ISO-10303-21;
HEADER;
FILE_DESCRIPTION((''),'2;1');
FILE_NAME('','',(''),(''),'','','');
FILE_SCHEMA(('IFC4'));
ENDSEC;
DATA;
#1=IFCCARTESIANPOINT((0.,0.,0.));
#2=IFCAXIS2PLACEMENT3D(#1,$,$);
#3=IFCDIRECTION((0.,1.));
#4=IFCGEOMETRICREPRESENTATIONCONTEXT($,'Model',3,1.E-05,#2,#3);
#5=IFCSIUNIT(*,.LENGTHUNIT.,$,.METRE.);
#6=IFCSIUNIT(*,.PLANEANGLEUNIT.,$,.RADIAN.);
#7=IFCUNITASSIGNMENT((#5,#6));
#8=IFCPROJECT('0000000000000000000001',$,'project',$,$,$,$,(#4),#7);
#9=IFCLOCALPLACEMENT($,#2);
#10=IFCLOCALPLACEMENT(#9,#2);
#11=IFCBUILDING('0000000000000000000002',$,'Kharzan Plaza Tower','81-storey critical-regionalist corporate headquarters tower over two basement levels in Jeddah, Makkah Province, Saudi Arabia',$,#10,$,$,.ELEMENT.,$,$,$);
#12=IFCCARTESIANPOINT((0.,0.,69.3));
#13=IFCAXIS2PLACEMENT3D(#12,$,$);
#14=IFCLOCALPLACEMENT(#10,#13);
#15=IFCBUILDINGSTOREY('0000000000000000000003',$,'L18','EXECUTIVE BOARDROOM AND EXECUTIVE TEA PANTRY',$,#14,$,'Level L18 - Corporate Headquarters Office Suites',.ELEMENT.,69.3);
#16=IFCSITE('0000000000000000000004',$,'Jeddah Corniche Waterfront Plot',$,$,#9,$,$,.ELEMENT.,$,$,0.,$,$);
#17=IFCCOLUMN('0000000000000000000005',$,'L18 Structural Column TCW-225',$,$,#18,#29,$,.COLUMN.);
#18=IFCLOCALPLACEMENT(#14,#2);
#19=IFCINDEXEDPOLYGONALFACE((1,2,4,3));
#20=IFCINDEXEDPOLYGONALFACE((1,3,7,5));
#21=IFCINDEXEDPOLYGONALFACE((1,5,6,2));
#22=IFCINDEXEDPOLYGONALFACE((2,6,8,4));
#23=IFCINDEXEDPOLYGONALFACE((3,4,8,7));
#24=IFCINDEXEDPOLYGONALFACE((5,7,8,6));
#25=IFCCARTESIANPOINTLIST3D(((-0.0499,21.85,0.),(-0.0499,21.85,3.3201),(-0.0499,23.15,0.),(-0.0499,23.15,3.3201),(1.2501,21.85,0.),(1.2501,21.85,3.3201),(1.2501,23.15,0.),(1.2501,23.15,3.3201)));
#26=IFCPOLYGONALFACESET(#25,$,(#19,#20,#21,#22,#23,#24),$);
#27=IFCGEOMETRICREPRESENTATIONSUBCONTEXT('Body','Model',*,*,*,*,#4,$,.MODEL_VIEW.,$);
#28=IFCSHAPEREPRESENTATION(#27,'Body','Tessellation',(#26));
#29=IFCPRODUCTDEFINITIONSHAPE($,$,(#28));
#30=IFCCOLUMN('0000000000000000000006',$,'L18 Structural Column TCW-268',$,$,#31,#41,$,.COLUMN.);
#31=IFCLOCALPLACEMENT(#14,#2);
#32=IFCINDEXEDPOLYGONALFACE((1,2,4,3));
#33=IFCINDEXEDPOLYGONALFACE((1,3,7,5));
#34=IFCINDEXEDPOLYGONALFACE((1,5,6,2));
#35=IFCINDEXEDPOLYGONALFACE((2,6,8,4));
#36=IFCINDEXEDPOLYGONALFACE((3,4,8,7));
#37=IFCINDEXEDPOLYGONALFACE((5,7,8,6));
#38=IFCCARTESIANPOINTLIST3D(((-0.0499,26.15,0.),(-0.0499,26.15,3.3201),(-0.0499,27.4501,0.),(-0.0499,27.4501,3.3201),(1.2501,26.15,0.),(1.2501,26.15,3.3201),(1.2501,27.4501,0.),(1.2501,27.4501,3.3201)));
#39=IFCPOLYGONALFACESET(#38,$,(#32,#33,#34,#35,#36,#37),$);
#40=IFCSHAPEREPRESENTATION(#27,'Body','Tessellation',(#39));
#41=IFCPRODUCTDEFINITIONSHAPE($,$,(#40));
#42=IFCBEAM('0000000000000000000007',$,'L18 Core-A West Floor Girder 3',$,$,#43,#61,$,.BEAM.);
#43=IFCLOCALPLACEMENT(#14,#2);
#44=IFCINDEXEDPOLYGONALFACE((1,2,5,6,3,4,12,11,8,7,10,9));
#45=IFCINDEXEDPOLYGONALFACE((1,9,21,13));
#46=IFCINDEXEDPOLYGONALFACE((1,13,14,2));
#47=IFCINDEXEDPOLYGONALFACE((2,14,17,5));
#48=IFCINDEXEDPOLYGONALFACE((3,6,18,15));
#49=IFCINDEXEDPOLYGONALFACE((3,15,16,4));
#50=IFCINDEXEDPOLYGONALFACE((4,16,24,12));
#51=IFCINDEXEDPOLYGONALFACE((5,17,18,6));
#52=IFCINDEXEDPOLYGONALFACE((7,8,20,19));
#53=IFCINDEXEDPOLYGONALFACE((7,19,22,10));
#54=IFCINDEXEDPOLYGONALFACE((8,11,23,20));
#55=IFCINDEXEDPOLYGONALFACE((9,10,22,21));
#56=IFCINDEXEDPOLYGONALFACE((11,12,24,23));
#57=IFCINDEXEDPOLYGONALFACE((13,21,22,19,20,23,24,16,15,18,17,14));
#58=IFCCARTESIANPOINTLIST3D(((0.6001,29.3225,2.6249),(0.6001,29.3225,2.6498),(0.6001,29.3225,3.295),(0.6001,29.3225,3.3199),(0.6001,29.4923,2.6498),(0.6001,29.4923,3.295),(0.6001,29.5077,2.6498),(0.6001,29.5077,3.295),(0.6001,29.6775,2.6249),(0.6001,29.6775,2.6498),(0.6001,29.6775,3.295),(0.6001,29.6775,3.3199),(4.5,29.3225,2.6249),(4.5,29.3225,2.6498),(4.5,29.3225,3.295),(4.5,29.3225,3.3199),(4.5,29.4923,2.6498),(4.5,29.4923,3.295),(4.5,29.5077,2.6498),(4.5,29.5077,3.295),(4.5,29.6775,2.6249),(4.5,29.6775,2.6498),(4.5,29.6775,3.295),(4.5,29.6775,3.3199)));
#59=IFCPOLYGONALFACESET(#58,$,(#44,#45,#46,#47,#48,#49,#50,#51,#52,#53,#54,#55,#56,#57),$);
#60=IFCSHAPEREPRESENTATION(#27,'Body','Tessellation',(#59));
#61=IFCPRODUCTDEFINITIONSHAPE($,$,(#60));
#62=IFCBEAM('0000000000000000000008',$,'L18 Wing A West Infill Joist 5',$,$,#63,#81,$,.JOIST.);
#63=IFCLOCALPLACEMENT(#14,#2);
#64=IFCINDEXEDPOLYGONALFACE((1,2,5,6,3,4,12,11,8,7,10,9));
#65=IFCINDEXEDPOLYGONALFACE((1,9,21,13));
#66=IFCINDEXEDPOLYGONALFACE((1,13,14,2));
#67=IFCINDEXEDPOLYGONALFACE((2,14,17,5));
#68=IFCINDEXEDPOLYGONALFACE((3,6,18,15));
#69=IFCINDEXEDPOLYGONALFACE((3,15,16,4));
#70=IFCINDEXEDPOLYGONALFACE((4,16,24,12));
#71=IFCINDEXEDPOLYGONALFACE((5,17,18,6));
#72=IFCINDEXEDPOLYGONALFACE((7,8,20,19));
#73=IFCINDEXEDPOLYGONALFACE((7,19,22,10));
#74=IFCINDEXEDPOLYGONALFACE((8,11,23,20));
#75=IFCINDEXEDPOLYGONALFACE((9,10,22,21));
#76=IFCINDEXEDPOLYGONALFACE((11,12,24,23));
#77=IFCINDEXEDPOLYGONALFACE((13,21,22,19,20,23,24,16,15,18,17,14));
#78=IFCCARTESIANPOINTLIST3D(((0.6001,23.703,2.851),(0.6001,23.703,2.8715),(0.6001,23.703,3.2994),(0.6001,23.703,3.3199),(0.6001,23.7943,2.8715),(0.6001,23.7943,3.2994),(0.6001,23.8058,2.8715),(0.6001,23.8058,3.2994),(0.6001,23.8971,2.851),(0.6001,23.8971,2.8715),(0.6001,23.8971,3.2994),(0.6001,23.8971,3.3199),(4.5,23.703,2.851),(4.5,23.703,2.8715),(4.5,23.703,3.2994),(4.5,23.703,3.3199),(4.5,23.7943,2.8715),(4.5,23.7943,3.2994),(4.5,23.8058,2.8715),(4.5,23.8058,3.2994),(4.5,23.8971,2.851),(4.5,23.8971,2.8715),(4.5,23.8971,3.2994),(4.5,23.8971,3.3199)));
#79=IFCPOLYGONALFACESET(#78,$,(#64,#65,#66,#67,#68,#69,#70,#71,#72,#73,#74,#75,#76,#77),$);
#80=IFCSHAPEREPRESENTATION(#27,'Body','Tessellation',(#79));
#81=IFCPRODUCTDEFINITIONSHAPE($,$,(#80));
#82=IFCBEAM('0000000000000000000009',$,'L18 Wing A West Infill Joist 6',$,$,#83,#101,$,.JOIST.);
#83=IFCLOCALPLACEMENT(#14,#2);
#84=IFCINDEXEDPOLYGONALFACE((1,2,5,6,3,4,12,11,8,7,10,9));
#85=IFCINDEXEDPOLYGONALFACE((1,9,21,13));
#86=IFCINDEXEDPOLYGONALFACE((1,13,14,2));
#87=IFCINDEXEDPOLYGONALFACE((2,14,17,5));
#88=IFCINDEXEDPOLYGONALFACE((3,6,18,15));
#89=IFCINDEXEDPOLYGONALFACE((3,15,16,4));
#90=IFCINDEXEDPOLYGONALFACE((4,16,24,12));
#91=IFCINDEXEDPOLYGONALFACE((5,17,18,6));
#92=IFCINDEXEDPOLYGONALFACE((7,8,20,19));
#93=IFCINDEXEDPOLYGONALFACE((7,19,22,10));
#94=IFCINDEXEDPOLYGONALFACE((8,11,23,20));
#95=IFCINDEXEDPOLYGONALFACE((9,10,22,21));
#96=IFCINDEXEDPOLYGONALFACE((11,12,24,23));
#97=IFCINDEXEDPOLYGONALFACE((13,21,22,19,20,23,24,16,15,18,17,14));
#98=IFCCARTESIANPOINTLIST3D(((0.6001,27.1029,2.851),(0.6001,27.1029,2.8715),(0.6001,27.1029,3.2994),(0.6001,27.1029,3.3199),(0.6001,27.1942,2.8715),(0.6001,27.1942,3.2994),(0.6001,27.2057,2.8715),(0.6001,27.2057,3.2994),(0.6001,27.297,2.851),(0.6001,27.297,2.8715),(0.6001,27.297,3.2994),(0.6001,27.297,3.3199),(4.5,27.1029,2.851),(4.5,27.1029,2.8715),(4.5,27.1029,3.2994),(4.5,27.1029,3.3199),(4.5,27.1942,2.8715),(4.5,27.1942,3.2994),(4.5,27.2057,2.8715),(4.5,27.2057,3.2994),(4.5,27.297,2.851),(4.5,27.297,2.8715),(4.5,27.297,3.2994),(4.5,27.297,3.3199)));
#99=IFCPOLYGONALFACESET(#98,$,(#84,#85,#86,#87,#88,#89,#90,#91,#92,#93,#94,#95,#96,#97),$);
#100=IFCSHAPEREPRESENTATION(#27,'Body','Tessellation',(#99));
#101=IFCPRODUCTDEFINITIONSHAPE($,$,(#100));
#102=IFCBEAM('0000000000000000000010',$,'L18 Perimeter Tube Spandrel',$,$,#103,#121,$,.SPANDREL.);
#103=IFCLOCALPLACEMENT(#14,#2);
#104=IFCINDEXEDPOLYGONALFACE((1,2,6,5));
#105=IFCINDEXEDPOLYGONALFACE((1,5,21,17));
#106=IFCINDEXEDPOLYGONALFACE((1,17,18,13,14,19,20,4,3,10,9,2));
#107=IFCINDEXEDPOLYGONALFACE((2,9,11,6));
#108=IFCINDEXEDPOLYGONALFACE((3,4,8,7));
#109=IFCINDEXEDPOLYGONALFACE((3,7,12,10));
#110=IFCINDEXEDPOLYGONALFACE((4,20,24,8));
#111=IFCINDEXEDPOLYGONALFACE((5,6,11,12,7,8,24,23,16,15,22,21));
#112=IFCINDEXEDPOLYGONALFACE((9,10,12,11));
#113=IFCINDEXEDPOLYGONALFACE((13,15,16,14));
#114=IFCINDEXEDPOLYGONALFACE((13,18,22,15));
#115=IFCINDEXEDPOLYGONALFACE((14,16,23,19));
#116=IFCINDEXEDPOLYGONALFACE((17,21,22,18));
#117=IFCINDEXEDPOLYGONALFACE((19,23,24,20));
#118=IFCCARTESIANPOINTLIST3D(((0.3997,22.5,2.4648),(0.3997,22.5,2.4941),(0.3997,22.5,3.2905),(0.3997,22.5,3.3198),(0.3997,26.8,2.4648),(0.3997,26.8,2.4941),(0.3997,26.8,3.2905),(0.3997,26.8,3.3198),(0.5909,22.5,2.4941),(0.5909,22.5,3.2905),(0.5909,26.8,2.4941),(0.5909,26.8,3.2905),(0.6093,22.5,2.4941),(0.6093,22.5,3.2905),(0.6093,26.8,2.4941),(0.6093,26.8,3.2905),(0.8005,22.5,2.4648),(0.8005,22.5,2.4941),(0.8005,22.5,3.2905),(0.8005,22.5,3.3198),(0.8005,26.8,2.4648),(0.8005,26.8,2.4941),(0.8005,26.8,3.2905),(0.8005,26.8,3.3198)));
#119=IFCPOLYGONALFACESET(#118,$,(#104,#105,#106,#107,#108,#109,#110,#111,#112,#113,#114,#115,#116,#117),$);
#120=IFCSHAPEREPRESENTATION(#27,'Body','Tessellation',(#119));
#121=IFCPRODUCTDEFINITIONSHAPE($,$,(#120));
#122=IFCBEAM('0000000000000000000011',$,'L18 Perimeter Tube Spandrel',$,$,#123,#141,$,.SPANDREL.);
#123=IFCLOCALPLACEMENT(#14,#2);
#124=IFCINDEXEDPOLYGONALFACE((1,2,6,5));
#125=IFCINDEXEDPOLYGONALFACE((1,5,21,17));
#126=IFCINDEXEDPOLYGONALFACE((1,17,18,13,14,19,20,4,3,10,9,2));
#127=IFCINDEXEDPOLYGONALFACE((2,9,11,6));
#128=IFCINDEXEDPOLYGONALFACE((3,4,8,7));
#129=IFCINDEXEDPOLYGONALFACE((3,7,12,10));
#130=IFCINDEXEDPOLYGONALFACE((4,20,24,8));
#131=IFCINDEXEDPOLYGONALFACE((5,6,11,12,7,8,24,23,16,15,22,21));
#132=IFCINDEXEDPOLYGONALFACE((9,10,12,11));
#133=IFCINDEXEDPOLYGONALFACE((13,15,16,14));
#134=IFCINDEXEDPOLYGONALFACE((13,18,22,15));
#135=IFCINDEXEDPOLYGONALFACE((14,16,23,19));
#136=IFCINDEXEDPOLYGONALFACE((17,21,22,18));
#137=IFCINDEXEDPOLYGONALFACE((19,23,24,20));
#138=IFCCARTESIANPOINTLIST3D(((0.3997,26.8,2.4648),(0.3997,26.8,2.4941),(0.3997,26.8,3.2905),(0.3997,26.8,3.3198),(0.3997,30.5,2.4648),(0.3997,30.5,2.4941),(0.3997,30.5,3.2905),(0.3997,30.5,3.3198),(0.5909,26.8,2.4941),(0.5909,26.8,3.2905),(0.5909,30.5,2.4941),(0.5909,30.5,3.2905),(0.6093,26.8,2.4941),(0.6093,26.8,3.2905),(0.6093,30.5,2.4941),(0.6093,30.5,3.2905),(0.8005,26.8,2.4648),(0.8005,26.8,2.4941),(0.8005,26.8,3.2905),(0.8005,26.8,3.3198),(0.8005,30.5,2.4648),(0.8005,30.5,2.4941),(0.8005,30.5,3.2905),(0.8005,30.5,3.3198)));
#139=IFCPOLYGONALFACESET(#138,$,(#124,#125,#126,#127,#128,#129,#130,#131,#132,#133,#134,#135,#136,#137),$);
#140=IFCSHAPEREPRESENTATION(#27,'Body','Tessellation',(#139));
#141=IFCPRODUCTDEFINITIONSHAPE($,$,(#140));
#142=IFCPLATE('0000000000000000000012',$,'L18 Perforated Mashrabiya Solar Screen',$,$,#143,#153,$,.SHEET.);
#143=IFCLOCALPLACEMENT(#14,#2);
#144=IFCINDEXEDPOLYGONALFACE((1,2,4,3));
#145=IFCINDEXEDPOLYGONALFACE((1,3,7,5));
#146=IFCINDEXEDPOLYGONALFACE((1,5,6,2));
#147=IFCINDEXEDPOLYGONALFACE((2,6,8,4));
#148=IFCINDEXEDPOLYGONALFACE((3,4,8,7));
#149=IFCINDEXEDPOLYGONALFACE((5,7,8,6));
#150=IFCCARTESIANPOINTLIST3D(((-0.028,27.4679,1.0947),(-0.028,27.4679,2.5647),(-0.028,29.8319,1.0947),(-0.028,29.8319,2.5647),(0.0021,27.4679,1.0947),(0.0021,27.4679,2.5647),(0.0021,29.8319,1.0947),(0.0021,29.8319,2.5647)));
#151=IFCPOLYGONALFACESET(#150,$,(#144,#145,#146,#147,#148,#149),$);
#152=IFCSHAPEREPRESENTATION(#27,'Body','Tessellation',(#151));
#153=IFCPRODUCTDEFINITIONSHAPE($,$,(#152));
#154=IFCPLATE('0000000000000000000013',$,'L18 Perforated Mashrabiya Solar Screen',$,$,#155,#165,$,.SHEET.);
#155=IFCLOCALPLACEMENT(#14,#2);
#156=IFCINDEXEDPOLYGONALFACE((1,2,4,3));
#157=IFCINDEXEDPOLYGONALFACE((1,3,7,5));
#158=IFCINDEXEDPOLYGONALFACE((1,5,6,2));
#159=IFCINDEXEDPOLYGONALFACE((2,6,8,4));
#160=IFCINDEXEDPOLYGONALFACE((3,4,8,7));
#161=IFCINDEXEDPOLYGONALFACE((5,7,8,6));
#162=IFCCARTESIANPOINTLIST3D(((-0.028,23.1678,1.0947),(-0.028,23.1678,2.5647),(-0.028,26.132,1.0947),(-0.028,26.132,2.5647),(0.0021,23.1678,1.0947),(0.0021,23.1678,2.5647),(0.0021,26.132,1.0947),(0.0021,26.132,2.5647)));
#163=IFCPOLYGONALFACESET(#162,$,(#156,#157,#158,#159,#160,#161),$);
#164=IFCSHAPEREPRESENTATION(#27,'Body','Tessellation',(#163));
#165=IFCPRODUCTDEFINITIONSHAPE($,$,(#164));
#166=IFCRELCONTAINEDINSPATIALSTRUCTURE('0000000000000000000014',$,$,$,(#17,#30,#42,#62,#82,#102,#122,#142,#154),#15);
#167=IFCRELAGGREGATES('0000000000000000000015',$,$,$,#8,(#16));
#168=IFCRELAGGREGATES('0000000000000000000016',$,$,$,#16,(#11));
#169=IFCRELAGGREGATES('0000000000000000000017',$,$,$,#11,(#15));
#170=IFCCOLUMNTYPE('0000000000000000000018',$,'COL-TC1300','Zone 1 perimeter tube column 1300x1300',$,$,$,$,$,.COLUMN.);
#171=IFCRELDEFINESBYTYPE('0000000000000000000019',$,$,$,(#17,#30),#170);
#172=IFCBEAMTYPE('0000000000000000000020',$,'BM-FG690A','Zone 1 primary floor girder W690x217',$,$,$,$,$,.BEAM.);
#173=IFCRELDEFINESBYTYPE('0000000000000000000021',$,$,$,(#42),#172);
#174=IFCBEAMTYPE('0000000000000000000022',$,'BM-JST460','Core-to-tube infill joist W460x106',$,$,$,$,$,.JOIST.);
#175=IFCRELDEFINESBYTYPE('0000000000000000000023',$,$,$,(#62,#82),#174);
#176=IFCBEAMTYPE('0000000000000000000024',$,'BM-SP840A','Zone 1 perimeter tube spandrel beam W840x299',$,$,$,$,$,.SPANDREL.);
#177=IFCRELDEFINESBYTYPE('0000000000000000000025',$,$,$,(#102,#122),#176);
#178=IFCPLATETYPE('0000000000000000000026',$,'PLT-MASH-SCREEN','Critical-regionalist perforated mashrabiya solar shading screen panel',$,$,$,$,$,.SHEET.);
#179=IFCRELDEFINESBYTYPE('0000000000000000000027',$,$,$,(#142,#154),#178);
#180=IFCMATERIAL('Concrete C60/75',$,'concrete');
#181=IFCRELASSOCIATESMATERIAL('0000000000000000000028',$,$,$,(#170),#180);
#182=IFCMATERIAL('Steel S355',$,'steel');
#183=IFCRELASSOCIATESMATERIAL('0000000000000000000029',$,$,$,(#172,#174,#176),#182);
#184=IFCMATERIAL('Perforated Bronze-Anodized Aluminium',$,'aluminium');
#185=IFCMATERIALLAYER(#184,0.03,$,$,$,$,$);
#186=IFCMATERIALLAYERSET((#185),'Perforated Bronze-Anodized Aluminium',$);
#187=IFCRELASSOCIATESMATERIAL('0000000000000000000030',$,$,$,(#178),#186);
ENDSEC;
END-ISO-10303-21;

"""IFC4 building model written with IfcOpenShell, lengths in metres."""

from ifc_helpers import new_model, si_unit, direction, frame, origin, origin_2d, place, context, subcontext, project, spatial, rectangle, i_section, extrude, source, transform, mapped, material, layer, layer_set, material_profile, profile_set, type_object, element, save


model = new_model("IFC4")

# Units and contexts
model_context = context("Model", 3, precision=1e-05, world=origin(), true_north=direction((0.0, 1.0)))
body_context = subcontext(model_context, "Body", "Model", "MODEL_VIEW")
ifc_project = project(units=[si_unit("LENGTHUNIT", "METRE"), si_unit("PLANEANGLEUNIT", "RADIAN")], contexts=[model_context])

# Site, building, storey
site_placement = place(None, origin())
site = spatial("IfcSite", under=ifc_project, at=site_placement, Name="Jeddah Corniche Waterfront Plot", CompositionType="ELEMENT", RefElevation=0.0)
building_placement = place(site_placement, origin())
building = spatial("IfcBuilding", under=site, at=building_placement, Name="Kharzan Plaza Tower", Description="81-storey critical-regionalist corporate headquarters tower over two basement levels in Jeddah, Makkah Province, Saudi Arabia", CompositionType="ELEMENT")
storey_placement = place(building_placement, frame((0.0, 0.0, 69.3)))
storey = spatial("IfcBuildingStorey", under=building, at=storey_placement, Name="L18", Description="EXECUTIVE BOARDROOM AND EXECUTIVE TEA PANTRY", LongName="Level L18 - Corporate Headquarters Office Suites", CompositionType="ELEMENT", Elevation=69.3)

# Columns
ifc_material_1 = material(Name="Concrete C60/75", Category="concrete")
ifc_material_profile_1 = material_profile(ifc_material_1, rectangle(XDim=1.3, YDim=1.3, at=origin_2d()), Name="RC-TC1300x1300")
ifc_profile_set_1 = profile_set([ifc_material_profile_1], Name="Concrete C60/75")
column_type = type_object("IfcColumnType", Name="COL-TC1300", Description="Zone 1 perimeter tube column 1300x1300", PredefinedType="COLUMN", material=ifc_profile_set_1)
shared_shape_1 = source(origin(), body_context, "Body", "SweptSolid", [
    extrude(rectangle(XDim=1.3, YDim=1.3, at=origin_2d()), origin(), (0.0, 0.0, 1.0), 3.3201),
])
for number, where, z_axis, x_axis, name in (
    (1, (0.6001, 22.5, 0.0), (0.0, 0.0, 1.0), (1.0, 0.0, 0.0), "L18 Structural Column TCW-225"),
    (2, (0.6001, 26.8, 0.0), (0.0, 0.0, 1.0), (1.0, 0.0, 0.0), "L18 Structural Column TCW-268"),
):
    element("IfcColumn", number, at=place(storey_placement, frame(where, z_axis=z_axis, x_axis=x_axis)), inside=storey, type_object=column_type, Name=name, PredefinedType="COLUMN", context=body_context, shape_type="MappedRepresentation", body=[
        mapped(shared_shape_1, transform((0.0, 0.0, 0.0), x_axis=(1.0, 0.0, 0.0), y_axis=(0.0, 1.0, 0.0), z_axis=(0.0, 0.0, 1.0))),
    ])

# Beams
ifc_material_2 = material(Name="Steel S355", Category="steel")
ifc_material_profile_2 = material_profile(ifc_material_2, i_section(OverallWidth=0.355, OverallDepth=0.6951, WebThickness=0.0154, FlangeThickness=0.0249, at=origin_2d()), Name="W690x217")
ifc_profile_set_2 = profile_set([ifc_material_profile_2], Name="Steel S355")
beam_type_1 = type_object("IfcBeamType", Name="BM-FG690A", Description="Zone 1 primary floor girder W690x217", PredefinedType="BEAM", material=ifc_profile_set_2)
shared_shape_2 = source(origin(), body_context, "Body", "SweptSolid", [
    extrude(i_section(OverallWidth=0.355, OverallDepth=0.6951, WebThickness=0.0154, FlangeThickness=0.0249, at=origin_2d()), origin(), (0.0, 0.0, 1.0), 3.8999),
])
beam_1_placement = place(storey_placement, frame((0.6001, 29.5, 2.9724), z_axis=(1.0, 0.0, 0.0), x_axis=(0.0, 1.0, 0.0)))
element("IfcBeam", 3, at=beam_1_placement, inside=storey, type_object=beam_type_1, Name="L18 Core-A West Floor Girder 3", PredefinedType="BEAM", context=body_context, shape_type="MappedRepresentation", body=[
    mapped(shared_shape_2, transform((0.0, 0.0, 0.0), x_axis=(1.0, 0.0, 0.0), y_axis=(0.0, 1.0, 0.0), z_axis=(0.0, 0.0, 1.0))),
])
ifc_material_profile_3 = material_profile(ifc_material_2, i_section(OverallWidth=0.1941, OverallDepth=0.469, WebThickness=0.0115, FlangeThickness=0.0205, at=origin_2d()), Name="W460x106")
ifc_profile_set_3 = profile_set([ifc_material_profile_3], Name="Steel S355")
beam_type_2 = type_object("IfcBeamType", Name="BM-JST460", Description="Core-to-tube infill joist W460x106", PredefinedType="JOIST", material=ifc_profile_set_3)
shared_shape_3 = source(origin(), body_context, "Body", "SweptSolid", [
    extrude(i_section(OverallWidth=0.1941, OverallDepth=0.469, WebThickness=0.0115, FlangeThickness=0.0205, at=origin_2d()), origin(), (0.0, 0.0, 1.0), 3.8999),
])
for number, where, z_axis, x_axis, name in (
    (4, (0.6001, 23.8, 3.0854), (1.0, 0.0, 0.0), (0.0, 1.0, 0.0), "L18 Wing A West Infill Joist 5"),
    (5, (0.6001, 27.2, 3.0854), (1.0, 0.0, 0.0), (0.0, 1.0, 0.0), "L18 Wing A West Infill Joist 6"),
):
    element("IfcBeam", number, at=place(storey_placement, frame(where, z_axis=z_axis, x_axis=x_axis)), inside=storey, type_object=beam_type_2, Name=name, PredefinedType="JOIST", context=body_context, shape_type="MappedRepresentation", body=[
        mapped(shared_shape_3, transform((0.0, 0.0, 0.0), x_axis=(1.0, 0.0, 0.0), y_axis=(0.0, 1.0, 0.0), z_axis=(0.0, 0.0, 1.0))),
    ])
ifc_material_profile_4 = material_profile(ifc_material_2, i_section(OverallWidth=0.4009, OverallDepth=0.855, WebThickness=0.0183, FlangeThickness=0.0293, at=origin_2d()), Name="W840x299")
ifc_profile_set_4 = profile_set([ifc_material_profile_4], Name="Steel S355")
beam_type_3 = type_object("IfcBeamType", Name="BM-SP840A", Description="Zone 1 perimeter tube spandrel beam W840x299", PredefinedType="SPANDREL", material=ifc_profile_set_4)
shared_shape_4 = source(origin(), body_context, "Body", "SweptSolid", [
    extrude(i_section(OverallWidth=0.4009, OverallDepth=0.855, WebThickness=0.0183, FlangeThickness=0.0293, at=origin_2d()), origin(), (0.0, 0.0, 1.0), 4.3),
])
beam_2_placement = place(storey_placement, frame((0.6001, 22.5, 2.8923), z_axis=(0.0, 1.0, 0.0), x_axis=(-1.0, 0.0, 0.0)))
element("IfcBeam", 6, at=beam_2_placement, inside=storey, type_object=beam_type_3, Name="L18 Perimeter Tube Spandrel", PredefinedType="SPANDREL", context=body_context, shape_type="MappedRepresentation", body=[
    mapped(shared_shape_4, transform((0.0, 0.0, 0.0), x_axis=(1.0, 0.0, 0.0), y_axis=(0.0, 1.0, 0.0), z_axis=(0.0, 0.0, 1.0))),
])
shared_shape_5 = source(origin(), body_context, "Body", "SweptSolid", [
    extrude(i_section(OverallWidth=0.4009, OverallDepth=0.855, WebThickness=0.0183, FlangeThickness=0.0293, at=origin_2d()), origin(), (0.0, 0.0, 1.0), 3.7),
])
beam_3_placement = place(storey_placement, frame((0.6001, 26.8, 2.8923), z_axis=(0.0, 1.0, 0.0), x_axis=(-1.0, 0.0, 0.0)))
element("IfcBeam", 7, at=beam_3_placement, inside=storey, type_object=beam_type_3, Name="L18 Perimeter Tube Spandrel", PredefinedType="SPANDREL", context=body_context, shape_type="MappedRepresentation", body=[
    mapped(shared_shape_5, transform((0.0, 0.0, 0.0), x_axis=(1.0, 0.0, 0.0), y_axis=(0.0, 1.0, 0.0), z_axis=(0.0, 0.0, 1.0))),
])

# Plates
ifc_material_3 = material(Name="Perforated Bronze-Anodized Aluminium", Category="aluminium")
ifc_layer_1 = layer(ifc_material_3, 0.03)
ifc_layer_set_1 = layer_set([ifc_layer_1], Name="Perforated Bronze-Anodized Aluminium")
plate_type = type_object("IfcPlateType", Name="PLT-MASH-SCREEN", Description="Critical-regionalist perforated mashrabiya solar shading screen panel", PredefinedType="SHEET", material=ifc_layer_set_1)
shared_shape_6 = source(origin(), body_context, "Body", "SweptSolid", [
    extrude(rectangle(XDim=2.364, YDim=0.03, at=origin_2d()), origin(), (0.0, 0.0, 1.0), 1.47),
])
plate_1_placement = place(storey_placement, frame((-0.0129, 28.6499, 1.0947), z_axis=(0.0, 0.0, 1.0), x_axis=(0.0, -1.0, 0.0)))
element("IfcPlate", 8, at=plate_1_placement, inside=storey, type_object=plate_type, Name="L18 Perforated Mashrabiya Solar Screen", PredefinedType="SHEET", context=body_context, shape_type="MappedRepresentation", body=[
    mapped(shared_shape_6, transform((0.0, 0.0, 0.0), x_axis=(1.0, 0.0, 0.0), y_axis=(0.0, 1.0, 0.0), z_axis=(0.0, 0.0, 1.0))),
])
shared_shape_7 = source(origin(), body_context, "Body", "SweptSolid", [
    extrude(rectangle(XDim=2.9641, YDim=0.03, at=origin_2d()), origin(), (0.0, 0.0, 1.0), 1.47),
])
plate_2_placement = place(storey_placement, frame((-0.0129, 24.6499, 1.0947), z_axis=(0.0, 0.0, 1.0), x_axis=(0.0, -1.0, 0.0)))
element("IfcPlate", 9, at=plate_2_placement, inside=storey, type_object=plate_type, Name="L18 Perforated Mashrabiya Solar Screen", PredefinedType="SHEET", context=body_context, shape_type="MappedRepresentation", body=[
    mapped(shared_shape_7, transform((0.0, 0.0, 0.0), x_axis=(1.0, 0.0, 0.0), y_axis=(0.0, 1.0, 0.0), z_axis=(0.0, 0.0, 1.0))),
])

save(model, "model.ifc")
